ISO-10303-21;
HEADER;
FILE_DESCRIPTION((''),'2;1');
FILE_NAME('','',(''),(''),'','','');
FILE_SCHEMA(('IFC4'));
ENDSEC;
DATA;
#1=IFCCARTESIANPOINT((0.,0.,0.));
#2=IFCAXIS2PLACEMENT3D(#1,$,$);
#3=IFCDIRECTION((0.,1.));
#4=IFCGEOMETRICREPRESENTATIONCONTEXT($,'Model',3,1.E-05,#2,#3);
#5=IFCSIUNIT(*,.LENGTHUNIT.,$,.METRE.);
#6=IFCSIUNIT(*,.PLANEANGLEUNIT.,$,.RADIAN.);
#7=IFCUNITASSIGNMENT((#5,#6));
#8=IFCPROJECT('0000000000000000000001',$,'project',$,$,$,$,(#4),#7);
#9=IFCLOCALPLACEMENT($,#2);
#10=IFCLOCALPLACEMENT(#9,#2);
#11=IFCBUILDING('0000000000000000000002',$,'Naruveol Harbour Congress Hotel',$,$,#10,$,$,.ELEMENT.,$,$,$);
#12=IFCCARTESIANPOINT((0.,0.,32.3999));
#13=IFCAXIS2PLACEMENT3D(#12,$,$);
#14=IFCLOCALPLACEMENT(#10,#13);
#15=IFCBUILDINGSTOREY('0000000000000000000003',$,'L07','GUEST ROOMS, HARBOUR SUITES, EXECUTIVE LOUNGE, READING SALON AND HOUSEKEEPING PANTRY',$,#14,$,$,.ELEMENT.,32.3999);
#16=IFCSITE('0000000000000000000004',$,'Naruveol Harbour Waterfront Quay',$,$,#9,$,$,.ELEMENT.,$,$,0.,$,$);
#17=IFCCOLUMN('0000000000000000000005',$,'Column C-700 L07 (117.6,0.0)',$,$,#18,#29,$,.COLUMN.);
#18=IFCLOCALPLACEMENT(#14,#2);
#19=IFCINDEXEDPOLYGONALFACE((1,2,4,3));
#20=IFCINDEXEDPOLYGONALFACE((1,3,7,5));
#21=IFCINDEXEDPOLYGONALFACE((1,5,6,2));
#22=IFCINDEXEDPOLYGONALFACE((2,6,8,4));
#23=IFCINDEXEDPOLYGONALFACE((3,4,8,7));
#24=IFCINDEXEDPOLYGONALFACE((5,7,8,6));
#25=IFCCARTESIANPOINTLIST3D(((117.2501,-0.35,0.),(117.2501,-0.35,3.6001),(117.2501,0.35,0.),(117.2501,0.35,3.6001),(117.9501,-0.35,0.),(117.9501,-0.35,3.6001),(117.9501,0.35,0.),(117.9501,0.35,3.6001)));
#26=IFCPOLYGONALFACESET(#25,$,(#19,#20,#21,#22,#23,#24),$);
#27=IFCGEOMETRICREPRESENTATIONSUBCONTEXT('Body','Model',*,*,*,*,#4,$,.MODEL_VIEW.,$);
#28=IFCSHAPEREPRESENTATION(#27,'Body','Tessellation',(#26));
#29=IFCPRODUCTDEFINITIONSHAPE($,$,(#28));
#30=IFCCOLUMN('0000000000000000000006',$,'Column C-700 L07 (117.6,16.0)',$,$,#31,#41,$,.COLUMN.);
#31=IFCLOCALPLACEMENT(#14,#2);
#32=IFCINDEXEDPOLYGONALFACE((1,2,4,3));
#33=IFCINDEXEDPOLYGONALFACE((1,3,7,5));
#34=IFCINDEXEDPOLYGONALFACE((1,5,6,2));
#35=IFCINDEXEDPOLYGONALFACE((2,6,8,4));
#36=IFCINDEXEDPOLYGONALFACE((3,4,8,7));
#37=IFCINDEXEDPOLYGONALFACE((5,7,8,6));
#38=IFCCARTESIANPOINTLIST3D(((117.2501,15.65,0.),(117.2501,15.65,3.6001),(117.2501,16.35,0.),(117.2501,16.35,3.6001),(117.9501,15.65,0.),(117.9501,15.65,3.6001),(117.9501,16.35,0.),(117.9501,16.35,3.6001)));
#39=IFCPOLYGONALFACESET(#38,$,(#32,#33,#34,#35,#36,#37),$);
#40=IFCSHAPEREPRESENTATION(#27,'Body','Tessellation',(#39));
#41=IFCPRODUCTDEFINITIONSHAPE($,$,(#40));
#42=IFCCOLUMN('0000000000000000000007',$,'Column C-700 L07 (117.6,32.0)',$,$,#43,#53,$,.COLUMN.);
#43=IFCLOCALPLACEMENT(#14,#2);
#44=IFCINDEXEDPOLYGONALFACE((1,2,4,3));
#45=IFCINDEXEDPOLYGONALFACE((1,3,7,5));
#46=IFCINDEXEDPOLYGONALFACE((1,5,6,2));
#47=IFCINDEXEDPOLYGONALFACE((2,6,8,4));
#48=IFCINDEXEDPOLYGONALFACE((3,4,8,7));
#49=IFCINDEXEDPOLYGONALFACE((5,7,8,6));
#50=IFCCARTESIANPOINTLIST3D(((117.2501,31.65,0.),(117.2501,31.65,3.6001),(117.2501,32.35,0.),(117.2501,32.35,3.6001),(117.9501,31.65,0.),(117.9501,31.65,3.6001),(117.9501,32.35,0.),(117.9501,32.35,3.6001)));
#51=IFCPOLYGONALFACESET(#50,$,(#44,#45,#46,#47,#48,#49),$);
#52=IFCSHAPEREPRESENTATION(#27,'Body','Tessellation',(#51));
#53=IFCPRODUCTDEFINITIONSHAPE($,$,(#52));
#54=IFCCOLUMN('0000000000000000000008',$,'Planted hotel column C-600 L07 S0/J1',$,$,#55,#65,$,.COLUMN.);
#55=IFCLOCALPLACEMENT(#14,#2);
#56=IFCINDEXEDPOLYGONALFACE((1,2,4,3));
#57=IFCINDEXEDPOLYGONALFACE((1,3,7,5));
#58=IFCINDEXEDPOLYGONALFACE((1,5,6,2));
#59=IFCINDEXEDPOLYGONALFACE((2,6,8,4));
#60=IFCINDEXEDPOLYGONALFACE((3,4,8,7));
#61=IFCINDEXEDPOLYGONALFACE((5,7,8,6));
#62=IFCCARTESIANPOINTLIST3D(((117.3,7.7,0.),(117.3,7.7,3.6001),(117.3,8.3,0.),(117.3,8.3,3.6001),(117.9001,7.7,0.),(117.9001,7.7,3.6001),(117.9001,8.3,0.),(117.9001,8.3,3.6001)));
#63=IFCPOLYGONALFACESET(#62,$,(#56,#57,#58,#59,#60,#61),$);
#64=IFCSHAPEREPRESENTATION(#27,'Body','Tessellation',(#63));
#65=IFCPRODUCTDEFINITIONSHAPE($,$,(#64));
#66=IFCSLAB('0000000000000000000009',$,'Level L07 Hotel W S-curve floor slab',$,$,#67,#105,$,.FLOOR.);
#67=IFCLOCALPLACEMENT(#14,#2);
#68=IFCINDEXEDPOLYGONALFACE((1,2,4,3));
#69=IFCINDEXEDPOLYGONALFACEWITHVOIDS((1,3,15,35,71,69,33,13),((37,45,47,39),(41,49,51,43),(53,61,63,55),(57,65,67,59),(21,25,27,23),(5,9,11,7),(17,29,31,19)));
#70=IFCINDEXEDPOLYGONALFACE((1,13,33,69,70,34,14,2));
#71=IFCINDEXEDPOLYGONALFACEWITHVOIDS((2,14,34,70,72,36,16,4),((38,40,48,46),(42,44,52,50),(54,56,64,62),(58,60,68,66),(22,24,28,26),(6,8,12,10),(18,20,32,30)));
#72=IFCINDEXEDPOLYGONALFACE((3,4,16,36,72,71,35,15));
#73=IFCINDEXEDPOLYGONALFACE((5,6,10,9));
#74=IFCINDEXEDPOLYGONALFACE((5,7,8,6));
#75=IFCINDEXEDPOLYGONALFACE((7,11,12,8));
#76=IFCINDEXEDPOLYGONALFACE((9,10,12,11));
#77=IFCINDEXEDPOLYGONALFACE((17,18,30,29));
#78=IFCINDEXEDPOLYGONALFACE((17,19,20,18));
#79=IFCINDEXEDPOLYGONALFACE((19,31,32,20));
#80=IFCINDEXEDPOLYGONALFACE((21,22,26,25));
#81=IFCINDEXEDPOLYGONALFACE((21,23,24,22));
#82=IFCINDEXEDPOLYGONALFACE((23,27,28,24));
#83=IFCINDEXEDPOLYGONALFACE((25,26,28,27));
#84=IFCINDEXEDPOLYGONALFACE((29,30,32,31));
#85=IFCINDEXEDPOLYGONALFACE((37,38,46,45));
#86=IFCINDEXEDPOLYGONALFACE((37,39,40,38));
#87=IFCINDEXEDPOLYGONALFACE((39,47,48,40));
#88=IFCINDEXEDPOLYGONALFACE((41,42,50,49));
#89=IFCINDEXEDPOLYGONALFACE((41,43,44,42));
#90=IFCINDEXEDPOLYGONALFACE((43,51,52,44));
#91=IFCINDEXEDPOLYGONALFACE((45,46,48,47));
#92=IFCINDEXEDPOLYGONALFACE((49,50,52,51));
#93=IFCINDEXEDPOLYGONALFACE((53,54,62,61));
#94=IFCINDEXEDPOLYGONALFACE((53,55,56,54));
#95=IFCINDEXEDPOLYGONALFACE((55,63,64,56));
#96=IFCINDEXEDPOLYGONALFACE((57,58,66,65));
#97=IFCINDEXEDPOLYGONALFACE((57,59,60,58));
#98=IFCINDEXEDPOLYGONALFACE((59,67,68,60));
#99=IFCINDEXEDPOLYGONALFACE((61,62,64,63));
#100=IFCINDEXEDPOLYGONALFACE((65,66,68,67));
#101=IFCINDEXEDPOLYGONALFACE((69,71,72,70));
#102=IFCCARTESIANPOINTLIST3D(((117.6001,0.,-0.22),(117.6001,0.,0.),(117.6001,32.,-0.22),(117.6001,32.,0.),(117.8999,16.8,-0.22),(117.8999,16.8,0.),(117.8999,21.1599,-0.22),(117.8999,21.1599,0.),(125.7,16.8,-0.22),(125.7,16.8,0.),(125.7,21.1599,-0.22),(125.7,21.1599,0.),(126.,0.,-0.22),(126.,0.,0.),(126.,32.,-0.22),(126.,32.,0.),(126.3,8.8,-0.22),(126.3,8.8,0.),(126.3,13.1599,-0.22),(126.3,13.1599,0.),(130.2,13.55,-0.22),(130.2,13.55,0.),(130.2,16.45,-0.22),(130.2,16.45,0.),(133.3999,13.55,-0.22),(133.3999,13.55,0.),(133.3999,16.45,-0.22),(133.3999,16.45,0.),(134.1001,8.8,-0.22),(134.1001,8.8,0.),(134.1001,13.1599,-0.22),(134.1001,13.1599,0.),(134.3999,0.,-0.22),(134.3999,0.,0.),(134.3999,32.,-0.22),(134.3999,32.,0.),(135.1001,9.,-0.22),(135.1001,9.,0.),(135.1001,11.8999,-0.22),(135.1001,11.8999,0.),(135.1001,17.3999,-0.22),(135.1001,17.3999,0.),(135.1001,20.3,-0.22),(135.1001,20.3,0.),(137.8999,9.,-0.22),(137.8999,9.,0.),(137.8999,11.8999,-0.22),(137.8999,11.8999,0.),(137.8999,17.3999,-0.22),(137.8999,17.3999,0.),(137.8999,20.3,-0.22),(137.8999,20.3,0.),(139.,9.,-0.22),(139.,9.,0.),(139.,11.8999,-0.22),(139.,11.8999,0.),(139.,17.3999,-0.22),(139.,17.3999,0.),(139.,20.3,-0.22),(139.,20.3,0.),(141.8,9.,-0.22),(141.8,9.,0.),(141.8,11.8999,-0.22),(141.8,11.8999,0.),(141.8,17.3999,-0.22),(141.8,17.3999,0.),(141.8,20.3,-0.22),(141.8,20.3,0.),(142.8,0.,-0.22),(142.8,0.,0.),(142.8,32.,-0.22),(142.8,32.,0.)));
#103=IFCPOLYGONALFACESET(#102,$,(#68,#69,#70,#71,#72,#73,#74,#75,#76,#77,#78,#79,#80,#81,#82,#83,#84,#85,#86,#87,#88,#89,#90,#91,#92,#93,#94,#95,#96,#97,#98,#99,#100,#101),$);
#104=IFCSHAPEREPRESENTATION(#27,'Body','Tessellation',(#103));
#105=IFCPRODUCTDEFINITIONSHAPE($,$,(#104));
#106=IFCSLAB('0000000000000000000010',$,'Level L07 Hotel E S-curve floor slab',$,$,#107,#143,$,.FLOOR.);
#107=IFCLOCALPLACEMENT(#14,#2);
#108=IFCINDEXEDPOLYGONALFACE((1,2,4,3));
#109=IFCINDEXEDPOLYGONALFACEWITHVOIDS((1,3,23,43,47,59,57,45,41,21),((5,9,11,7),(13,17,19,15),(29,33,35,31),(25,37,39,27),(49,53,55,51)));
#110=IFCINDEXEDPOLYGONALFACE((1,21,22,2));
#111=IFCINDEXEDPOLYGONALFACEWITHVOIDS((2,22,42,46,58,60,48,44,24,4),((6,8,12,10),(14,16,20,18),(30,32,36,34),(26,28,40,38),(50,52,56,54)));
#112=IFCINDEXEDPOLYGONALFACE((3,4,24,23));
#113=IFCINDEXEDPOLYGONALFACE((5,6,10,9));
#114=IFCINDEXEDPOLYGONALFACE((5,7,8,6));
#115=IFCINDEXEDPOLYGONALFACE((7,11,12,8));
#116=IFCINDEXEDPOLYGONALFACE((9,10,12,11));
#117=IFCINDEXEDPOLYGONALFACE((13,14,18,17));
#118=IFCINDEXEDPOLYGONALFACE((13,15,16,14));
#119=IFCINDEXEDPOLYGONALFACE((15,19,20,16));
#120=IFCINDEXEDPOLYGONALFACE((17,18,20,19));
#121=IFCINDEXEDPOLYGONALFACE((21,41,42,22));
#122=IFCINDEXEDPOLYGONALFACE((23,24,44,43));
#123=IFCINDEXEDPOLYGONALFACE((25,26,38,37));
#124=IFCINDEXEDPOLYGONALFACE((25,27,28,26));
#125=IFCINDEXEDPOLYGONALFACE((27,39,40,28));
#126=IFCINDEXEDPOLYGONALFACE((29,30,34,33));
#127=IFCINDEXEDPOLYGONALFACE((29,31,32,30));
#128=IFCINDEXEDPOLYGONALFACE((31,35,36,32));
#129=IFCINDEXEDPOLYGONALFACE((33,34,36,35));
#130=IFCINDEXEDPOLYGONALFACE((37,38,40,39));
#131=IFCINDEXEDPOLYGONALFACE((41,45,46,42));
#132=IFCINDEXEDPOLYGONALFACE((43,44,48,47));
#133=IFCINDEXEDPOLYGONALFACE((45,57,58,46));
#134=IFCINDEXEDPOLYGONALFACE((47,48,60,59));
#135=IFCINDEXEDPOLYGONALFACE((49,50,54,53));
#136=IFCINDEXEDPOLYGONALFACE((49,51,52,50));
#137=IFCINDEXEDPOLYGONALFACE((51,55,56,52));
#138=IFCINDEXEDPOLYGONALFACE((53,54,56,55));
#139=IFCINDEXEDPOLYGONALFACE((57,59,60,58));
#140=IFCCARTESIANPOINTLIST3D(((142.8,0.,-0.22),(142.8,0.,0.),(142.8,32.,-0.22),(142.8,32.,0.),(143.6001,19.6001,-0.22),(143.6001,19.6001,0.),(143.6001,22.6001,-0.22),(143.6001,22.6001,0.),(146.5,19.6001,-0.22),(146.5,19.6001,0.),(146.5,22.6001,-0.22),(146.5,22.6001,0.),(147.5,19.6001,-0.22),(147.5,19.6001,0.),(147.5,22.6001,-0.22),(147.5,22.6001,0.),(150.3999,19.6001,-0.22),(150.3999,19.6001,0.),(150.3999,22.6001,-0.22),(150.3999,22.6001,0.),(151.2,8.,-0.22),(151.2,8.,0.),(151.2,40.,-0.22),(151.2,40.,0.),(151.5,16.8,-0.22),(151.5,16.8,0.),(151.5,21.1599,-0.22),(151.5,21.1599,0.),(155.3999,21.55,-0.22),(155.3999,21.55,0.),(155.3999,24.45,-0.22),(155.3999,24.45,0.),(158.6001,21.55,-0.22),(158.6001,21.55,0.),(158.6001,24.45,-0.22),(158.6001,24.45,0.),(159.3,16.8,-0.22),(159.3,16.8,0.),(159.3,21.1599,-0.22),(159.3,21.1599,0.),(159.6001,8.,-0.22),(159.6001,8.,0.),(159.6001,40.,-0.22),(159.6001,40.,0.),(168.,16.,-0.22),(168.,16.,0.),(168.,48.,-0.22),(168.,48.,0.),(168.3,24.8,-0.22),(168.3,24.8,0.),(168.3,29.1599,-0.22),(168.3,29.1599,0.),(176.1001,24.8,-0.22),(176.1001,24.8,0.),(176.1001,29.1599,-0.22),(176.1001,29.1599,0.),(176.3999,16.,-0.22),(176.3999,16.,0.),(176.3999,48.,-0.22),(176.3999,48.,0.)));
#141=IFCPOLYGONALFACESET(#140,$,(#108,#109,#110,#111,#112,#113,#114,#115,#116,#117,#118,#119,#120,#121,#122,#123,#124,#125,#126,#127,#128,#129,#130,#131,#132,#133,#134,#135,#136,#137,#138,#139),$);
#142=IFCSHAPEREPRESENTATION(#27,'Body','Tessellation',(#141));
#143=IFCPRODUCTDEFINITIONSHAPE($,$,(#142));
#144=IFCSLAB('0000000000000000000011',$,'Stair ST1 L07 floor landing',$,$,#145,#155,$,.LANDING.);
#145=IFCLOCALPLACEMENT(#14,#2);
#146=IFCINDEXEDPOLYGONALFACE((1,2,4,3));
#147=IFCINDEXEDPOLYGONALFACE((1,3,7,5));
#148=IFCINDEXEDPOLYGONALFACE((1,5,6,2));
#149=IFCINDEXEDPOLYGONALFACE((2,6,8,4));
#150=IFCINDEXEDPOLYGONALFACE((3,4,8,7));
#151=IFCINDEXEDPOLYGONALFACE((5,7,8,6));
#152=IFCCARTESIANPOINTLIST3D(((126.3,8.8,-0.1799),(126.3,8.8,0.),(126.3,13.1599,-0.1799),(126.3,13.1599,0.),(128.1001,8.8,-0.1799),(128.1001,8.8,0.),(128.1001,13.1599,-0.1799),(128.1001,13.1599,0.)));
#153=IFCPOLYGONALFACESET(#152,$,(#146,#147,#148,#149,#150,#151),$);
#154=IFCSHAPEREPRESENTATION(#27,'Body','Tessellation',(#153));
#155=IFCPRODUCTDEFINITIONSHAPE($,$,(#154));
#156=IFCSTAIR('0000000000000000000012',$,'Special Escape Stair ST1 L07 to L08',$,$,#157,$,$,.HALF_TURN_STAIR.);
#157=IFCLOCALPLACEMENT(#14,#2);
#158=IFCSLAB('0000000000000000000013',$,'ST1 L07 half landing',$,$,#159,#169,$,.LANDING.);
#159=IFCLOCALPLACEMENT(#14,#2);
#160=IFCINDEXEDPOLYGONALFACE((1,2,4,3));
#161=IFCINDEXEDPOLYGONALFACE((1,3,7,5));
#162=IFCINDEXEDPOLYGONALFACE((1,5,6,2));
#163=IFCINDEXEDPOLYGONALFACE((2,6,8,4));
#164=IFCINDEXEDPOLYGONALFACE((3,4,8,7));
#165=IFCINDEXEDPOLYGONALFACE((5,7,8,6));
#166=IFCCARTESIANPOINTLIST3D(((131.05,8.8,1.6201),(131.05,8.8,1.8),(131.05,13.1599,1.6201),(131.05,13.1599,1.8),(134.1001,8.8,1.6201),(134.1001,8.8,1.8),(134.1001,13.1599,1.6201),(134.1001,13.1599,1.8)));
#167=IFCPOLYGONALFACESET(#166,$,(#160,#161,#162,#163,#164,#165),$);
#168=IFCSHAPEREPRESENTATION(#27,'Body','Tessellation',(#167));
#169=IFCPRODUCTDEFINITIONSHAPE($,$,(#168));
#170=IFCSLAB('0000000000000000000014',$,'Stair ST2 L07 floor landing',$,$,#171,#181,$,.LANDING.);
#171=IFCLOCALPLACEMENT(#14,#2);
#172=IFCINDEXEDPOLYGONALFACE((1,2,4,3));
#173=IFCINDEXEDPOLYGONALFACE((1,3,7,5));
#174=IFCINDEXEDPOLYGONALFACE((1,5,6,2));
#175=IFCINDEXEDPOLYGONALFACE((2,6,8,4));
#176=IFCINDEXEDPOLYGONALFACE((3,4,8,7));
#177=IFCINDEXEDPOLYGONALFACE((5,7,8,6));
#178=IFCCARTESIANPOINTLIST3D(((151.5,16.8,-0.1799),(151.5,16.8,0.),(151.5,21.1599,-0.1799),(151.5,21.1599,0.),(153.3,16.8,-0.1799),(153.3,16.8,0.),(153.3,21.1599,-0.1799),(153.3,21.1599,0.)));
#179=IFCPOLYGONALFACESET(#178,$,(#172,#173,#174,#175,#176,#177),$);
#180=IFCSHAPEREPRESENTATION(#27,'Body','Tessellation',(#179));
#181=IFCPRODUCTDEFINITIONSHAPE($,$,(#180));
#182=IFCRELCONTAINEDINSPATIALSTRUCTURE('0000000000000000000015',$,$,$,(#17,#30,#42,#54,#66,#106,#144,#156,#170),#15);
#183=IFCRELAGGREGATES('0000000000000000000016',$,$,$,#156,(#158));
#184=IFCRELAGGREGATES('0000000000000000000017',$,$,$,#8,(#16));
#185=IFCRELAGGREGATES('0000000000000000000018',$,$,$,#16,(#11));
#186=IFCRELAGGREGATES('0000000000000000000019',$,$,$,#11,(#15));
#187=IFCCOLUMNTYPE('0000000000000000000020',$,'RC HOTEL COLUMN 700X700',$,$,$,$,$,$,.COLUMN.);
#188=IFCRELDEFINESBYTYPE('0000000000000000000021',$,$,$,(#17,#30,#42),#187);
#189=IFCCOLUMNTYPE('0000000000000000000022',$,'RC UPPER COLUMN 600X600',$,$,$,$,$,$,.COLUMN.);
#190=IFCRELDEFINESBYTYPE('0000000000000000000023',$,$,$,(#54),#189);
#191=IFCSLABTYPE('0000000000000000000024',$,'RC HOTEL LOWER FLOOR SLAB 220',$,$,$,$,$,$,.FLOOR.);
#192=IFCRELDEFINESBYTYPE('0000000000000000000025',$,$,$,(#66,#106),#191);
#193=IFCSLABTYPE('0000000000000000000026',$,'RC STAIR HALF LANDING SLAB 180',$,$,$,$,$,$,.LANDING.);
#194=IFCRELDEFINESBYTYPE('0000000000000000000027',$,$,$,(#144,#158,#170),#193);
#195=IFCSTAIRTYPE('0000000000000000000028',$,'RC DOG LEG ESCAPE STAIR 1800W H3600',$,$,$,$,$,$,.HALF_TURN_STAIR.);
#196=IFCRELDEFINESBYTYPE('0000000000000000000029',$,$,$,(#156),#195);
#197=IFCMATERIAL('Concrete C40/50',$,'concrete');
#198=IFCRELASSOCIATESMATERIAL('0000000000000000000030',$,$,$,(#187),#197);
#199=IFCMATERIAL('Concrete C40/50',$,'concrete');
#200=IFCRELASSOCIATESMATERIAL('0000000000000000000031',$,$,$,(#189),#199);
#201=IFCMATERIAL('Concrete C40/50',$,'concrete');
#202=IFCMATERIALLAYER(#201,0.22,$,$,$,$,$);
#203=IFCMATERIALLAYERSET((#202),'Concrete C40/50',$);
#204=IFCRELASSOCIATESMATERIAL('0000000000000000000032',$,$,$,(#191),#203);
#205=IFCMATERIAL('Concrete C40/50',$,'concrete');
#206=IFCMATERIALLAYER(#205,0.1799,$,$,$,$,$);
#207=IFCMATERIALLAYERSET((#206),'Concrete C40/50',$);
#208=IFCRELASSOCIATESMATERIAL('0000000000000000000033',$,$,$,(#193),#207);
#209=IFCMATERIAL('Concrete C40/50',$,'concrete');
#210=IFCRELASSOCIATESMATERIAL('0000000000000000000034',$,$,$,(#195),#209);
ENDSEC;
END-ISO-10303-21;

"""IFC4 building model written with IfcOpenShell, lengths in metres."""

from ifc_helpers import new_model, si_unit, direction, frame, origin, origin_2d, place, context, subcontext, project, spatial, polyline, rectangle, outline, extrude, material, layer, layer_set, material_profile, profile_set, type_object, element, aggregate, save


model = new_model("IFC4")

# Units and contexts
model_context = context("Model", 3, precision=1e-05, world=origin(), true_north=direction((0.0, 1.0)))
body_context = subcontext(model_context, "Body", "Model", "MODEL_VIEW")
ifc_project = project(units=[si_unit("LENGTHUNIT", "METRE"), si_unit("PLANEANGLEUNIT", "RADIAN")], contexts=[model_context])

# Site, building, storey
site_placement = place(None, origin())
site = spatial("IfcSite", under=ifc_project, at=site_placement, Name="Naruveol Harbour Waterfront Quay", CompositionType="ELEMENT", RefElevation=0.0)
building_placement = place(site_placement, origin())
building = spatial("IfcBuilding", under=site, at=building_placement, Name="Naruveol Harbour Congress Hotel", CompositionType="ELEMENT")
storey_placement = place(building_placement, frame((0.0, 0.0, 32.3999)))
storey = spatial("IfcBuildingStorey", under=building, at=storey_placement, Name="L07", Description="GUEST ROOMS, HARBOUR SUITES, EXECUTIVE LOUNGE, READING SALON AND HOUSEKEEPING PANTRY", CompositionType="ELEMENT", Elevation=32.3999)

# Columns
ifc_material_1 = material(Name="Concrete C40/50", Category="concrete")
ifc_material_profile_1 = material_profile(ifc_material_1, rectangle(XDim=0.7, YDim=0.7, at=origin_2d()), Name="RC-700x700")
ifc_profile_set_1 = profile_set([ifc_material_profile_1], Name="Concrete C40/50")
column_type_1 = type_object("IfcColumnType", Name="RC HOTEL COLUMN 700X700", PredefinedType="COLUMN", material=ifc_profile_set_1)
for number, where, z_axis, x_axis, name in (
    (1, (117.6001, 0.0, 0.0), (0.0, 0.0, 1.0), (1.0, 0.0, 0.0), "Column C-700 L07 (117.6,0.0)"),
    (2, (117.6001, 16.0, 0.0), (0.0, 0.0, 1.0), (1.0, 0.0, 0.0), "Column C-700 L07 (117.6,16.0)"),
    (3, (117.6001, 32.0, 0.0), (0.0, 0.0, 1.0), (1.0, 0.0, 0.0), "Column C-700 L07 (117.6,32.0)"),
):
    element("IfcColumn", number, at=place(storey_placement, frame(where, z_axis=z_axis, x_axis=x_axis)), inside=storey, type_object=column_type_1, Name=name, PredefinedType="COLUMN", context=body_context, shape_type="SweptSolid", body=[
        extrude(rectangle(XDim=0.7, YDim=0.7, at=origin_2d()), origin(), (0.0, 0.0, 1.0), 3.6001),
    ])
ifc_material_2 = material(Name="Concrete C40/50", Category="concrete")
ifc_material_profile_2 = material_profile(ifc_material_2, rectangle(XDim=0.6001, YDim=0.6001, at=origin_2d()), Name="RC-600x600")
ifc_profile_set_2 = profile_set([ifc_material_profile_2], Name="Concrete C40/50")
column_type_2 = type_object("IfcColumnType", Name="RC UPPER COLUMN 600X600", PredefinedType="COLUMN", material=ifc_profile_set_2)
column_placement = place(storey_placement, frame((117.6001, 8.0, 0.0), z_axis=(0.0, 0.0, 1.0), x_axis=(1.0, 0.0, 0.0)))
element("IfcColumn", 4, at=column_placement, inside=storey, type_object=column_type_2, Name="Planted hotel column C-600 L07 S0/J1", PredefinedType="COLUMN", context=body_context, shape_type="SweptSolid", body=[
    extrude(rectangle(XDim=0.6001, YDim=0.6001, at=origin_2d()), origin(), (0.0, 0.0, 1.0), 3.6001),
])

# Slabs
ifc_material_3 = material(Name="Concrete C40/50", Category="concrete")
ifc_layer_1 = layer(ifc_material_3, 0.22)
ifc_layer_set_1 = layer_set([ifc_layer_1], Name="Concrete C40/50")
slab_type_1 = type_object("IfcSlabType", Name="RC HOTEL LOWER FLOOR SLAB 220", PredefinedType="FLOOR", material=ifc_layer_set_1)
slab_1_placement = place(storey_placement, frame((0.0, 0.0, -0.22)))
element("IfcSlab", 5, at=slab_1_placement, inside=storey, type_object=slab_type_1, Name="Level L07 Hotel W S-curve floor slab", PredefinedType="FLOOR", context=body_context, shape_type="SweptSolid", body=[
    extrude(outline(polyline([(117.6001, 0.0), (126.0, 0.0), (134.3999, 0.0), (142.8, 0.0), (142.8, 32.0), (134.3999, 32.0), (126.0, 32.0), (117.6001, 32.0), (117.6001, 0.0)]), holes=[polyline([(126.3, 8.8), (134.1001, 8.8), (134.1001, 13.1599), (126.3, 13.1599), (126.3, 8.8)]), polyline([(117.8999, 16.8), (125.7, 16.8), (125.7, 21.1599), (117.8999, 21.1599), (117.8999, 16.8)]), polyline([(135.1001, 17.3999), (137.8999, 17.3999), (137.8999, 20.3), (135.1001, 20.3), (135.1001, 17.3999)]), polyline([(139.0, 17.3999), (141.8, 17.3999), (141.8, 20.3), (139.0, 20.3), (139.0, 17.3999)]), polyline([(135.1001, 9.0), (137.8999, 9.0), (137.8999, 11.8999), (135.1001, 11.8999), (135.1001, 9.0)]), polyline([(139.0, 9.0), (141.8, 9.0), (141.8, 11.8999), (139.0, 11.8999), (139.0, 9.0)]), polyline([(130.2, 13.55), (133.3999, 13.55), (133.3999, 16.45), (130.2, 16.45), (130.2, 13.55)])]), origin(), (0.0, 0.0, 1.0), 0.22),
])
slab_2_placement = place(storey_placement, frame((0.0, 0.0, -0.22)))
element("IfcSlab", 6, at=slab_2_placement, inside=storey, type_object=slab_type_1, Name="Level L07 Hotel E S-curve floor slab", PredefinedType="FLOOR", context=body_context, shape_type="SweptSolid", body=[
    extrude(outline(polyline([(142.8, 0.0), (151.2, 8.0), (159.6001, 8.0), (168.0, 16.0), (176.3999, 16.0), (176.3999, 48.0), (168.0, 48.0), (159.6001, 40.0), (151.2, 40.0), (142.8, 32.0), (142.8, 0.0)]), holes=[polyline([(151.5, 16.8), (159.3, 16.8), (159.3, 21.1599), (151.5, 21.1599), (151.5, 16.8)]), polyline([(168.3, 24.8), (176.1001, 24.8), (176.1001, 29.1599), (168.3, 29.1599), (168.3, 24.8)]), polyline([(155.3999, 21.55), (158.6001, 21.55), (158.6001, 24.45), (155.3999, 24.45), (155.3999, 21.55)]), polyline([(143.6001, 19.6001), (146.5, 19.6001), (146.5, 22.6001), (143.6001, 22.6001), (143.6001, 19.6001)]), polyline([(147.5, 19.6001), (150.3999, 19.6001), (150.3999, 22.6001), (147.5, 22.6001), (147.5, 19.6001)])]), origin(), (0.0, 0.0, 1.0), 0.22),
])
ifc_material_4 = material(Name="Concrete C40/50", Category="concrete")
ifc_layer_2 = layer(ifc_material_4, 0.1799)
ifc_layer_set_2 = layer_set([ifc_layer_2], Name="Concrete C40/50")
slab_type_2 = type_object("IfcSlabType", Name="RC STAIR HALF LANDING SLAB 180", PredefinedType="LANDING", material=ifc_layer_set_2)
slab_3_placement = place(storey_placement, frame((0.0, 0.0, -0.1799)))
element("IfcSlab", 7, at=slab_3_placement, inside=storey, type_object=slab_type_2, Name="Stair ST1 L07 floor landing", PredefinedType="LANDING", context=body_context, shape_type="SweptSolid", body=[
    extrude(outline(polyline([(126.3, 8.8), (128.1001, 8.8), (128.1001, 13.1599), (126.3, 13.1599), (126.3, 8.8)])), origin(), (0.0, 0.0, 1.0), 0.1799),
])

# Stair, slab
ifc_material_5 = material(Name="Concrete C40/50", Category="concrete")
stair_type = type_object("IfcStairType", Name="RC DOG LEG ESCAPE STAIR 1800W H3600", PredefinedType="HALF_TURN_STAIR", material=ifc_material_5)
stair_1_placement = place(storey_placement, origin())
stair_1 = element("IfcStair", 8, at=stair_1_placement, inside=storey, type_object=stair_type, Name="Special Escape Stair ST1 L07 to L08", PredefinedType="HALF_TURN_STAIR")
slab_4_placement = place(storey_placement, frame((0.0, 0.0, 1.6201)))
slab_4 = element("IfcSlab", 9, at=slab_4_placement, type_object=slab_type_2, Name="ST1 L07 half landing", PredefinedType="LANDING", context=body_context, shape_type="SweptSolid", body=[
    extrude(outline(polyline([(131.05, 8.8), (134.1001, 8.8), (134.1001, 13.1599), (131.05, 13.1599), (131.05, 8.8)])), origin(), (0.0, 0.0, 1.0), 0.1799),
])
aggregate(stair_1, [slab_4])

# Slab
slab_5_placement = place(storey_placement, frame((0.0, 0.0, -0.1799)))
element("IfcSlab", 10, at=slab_5_placement, inside=storey, type_object=slab_type_2, Name="Stair ST2 L07 floor landing", PredefinedType="LANDING", context=body_context, shape_type="SweptSolid", body=[
    extrude(outline(polyline([(151.5, 16.8), (153.3, 16.8), (153.3, 21.1599), (151.5, 21.1599), (151.5, 16.8)])), origin(), (0.0, 0.0, 1.0), 0.1799),
])

save(model, "model.ifc")
